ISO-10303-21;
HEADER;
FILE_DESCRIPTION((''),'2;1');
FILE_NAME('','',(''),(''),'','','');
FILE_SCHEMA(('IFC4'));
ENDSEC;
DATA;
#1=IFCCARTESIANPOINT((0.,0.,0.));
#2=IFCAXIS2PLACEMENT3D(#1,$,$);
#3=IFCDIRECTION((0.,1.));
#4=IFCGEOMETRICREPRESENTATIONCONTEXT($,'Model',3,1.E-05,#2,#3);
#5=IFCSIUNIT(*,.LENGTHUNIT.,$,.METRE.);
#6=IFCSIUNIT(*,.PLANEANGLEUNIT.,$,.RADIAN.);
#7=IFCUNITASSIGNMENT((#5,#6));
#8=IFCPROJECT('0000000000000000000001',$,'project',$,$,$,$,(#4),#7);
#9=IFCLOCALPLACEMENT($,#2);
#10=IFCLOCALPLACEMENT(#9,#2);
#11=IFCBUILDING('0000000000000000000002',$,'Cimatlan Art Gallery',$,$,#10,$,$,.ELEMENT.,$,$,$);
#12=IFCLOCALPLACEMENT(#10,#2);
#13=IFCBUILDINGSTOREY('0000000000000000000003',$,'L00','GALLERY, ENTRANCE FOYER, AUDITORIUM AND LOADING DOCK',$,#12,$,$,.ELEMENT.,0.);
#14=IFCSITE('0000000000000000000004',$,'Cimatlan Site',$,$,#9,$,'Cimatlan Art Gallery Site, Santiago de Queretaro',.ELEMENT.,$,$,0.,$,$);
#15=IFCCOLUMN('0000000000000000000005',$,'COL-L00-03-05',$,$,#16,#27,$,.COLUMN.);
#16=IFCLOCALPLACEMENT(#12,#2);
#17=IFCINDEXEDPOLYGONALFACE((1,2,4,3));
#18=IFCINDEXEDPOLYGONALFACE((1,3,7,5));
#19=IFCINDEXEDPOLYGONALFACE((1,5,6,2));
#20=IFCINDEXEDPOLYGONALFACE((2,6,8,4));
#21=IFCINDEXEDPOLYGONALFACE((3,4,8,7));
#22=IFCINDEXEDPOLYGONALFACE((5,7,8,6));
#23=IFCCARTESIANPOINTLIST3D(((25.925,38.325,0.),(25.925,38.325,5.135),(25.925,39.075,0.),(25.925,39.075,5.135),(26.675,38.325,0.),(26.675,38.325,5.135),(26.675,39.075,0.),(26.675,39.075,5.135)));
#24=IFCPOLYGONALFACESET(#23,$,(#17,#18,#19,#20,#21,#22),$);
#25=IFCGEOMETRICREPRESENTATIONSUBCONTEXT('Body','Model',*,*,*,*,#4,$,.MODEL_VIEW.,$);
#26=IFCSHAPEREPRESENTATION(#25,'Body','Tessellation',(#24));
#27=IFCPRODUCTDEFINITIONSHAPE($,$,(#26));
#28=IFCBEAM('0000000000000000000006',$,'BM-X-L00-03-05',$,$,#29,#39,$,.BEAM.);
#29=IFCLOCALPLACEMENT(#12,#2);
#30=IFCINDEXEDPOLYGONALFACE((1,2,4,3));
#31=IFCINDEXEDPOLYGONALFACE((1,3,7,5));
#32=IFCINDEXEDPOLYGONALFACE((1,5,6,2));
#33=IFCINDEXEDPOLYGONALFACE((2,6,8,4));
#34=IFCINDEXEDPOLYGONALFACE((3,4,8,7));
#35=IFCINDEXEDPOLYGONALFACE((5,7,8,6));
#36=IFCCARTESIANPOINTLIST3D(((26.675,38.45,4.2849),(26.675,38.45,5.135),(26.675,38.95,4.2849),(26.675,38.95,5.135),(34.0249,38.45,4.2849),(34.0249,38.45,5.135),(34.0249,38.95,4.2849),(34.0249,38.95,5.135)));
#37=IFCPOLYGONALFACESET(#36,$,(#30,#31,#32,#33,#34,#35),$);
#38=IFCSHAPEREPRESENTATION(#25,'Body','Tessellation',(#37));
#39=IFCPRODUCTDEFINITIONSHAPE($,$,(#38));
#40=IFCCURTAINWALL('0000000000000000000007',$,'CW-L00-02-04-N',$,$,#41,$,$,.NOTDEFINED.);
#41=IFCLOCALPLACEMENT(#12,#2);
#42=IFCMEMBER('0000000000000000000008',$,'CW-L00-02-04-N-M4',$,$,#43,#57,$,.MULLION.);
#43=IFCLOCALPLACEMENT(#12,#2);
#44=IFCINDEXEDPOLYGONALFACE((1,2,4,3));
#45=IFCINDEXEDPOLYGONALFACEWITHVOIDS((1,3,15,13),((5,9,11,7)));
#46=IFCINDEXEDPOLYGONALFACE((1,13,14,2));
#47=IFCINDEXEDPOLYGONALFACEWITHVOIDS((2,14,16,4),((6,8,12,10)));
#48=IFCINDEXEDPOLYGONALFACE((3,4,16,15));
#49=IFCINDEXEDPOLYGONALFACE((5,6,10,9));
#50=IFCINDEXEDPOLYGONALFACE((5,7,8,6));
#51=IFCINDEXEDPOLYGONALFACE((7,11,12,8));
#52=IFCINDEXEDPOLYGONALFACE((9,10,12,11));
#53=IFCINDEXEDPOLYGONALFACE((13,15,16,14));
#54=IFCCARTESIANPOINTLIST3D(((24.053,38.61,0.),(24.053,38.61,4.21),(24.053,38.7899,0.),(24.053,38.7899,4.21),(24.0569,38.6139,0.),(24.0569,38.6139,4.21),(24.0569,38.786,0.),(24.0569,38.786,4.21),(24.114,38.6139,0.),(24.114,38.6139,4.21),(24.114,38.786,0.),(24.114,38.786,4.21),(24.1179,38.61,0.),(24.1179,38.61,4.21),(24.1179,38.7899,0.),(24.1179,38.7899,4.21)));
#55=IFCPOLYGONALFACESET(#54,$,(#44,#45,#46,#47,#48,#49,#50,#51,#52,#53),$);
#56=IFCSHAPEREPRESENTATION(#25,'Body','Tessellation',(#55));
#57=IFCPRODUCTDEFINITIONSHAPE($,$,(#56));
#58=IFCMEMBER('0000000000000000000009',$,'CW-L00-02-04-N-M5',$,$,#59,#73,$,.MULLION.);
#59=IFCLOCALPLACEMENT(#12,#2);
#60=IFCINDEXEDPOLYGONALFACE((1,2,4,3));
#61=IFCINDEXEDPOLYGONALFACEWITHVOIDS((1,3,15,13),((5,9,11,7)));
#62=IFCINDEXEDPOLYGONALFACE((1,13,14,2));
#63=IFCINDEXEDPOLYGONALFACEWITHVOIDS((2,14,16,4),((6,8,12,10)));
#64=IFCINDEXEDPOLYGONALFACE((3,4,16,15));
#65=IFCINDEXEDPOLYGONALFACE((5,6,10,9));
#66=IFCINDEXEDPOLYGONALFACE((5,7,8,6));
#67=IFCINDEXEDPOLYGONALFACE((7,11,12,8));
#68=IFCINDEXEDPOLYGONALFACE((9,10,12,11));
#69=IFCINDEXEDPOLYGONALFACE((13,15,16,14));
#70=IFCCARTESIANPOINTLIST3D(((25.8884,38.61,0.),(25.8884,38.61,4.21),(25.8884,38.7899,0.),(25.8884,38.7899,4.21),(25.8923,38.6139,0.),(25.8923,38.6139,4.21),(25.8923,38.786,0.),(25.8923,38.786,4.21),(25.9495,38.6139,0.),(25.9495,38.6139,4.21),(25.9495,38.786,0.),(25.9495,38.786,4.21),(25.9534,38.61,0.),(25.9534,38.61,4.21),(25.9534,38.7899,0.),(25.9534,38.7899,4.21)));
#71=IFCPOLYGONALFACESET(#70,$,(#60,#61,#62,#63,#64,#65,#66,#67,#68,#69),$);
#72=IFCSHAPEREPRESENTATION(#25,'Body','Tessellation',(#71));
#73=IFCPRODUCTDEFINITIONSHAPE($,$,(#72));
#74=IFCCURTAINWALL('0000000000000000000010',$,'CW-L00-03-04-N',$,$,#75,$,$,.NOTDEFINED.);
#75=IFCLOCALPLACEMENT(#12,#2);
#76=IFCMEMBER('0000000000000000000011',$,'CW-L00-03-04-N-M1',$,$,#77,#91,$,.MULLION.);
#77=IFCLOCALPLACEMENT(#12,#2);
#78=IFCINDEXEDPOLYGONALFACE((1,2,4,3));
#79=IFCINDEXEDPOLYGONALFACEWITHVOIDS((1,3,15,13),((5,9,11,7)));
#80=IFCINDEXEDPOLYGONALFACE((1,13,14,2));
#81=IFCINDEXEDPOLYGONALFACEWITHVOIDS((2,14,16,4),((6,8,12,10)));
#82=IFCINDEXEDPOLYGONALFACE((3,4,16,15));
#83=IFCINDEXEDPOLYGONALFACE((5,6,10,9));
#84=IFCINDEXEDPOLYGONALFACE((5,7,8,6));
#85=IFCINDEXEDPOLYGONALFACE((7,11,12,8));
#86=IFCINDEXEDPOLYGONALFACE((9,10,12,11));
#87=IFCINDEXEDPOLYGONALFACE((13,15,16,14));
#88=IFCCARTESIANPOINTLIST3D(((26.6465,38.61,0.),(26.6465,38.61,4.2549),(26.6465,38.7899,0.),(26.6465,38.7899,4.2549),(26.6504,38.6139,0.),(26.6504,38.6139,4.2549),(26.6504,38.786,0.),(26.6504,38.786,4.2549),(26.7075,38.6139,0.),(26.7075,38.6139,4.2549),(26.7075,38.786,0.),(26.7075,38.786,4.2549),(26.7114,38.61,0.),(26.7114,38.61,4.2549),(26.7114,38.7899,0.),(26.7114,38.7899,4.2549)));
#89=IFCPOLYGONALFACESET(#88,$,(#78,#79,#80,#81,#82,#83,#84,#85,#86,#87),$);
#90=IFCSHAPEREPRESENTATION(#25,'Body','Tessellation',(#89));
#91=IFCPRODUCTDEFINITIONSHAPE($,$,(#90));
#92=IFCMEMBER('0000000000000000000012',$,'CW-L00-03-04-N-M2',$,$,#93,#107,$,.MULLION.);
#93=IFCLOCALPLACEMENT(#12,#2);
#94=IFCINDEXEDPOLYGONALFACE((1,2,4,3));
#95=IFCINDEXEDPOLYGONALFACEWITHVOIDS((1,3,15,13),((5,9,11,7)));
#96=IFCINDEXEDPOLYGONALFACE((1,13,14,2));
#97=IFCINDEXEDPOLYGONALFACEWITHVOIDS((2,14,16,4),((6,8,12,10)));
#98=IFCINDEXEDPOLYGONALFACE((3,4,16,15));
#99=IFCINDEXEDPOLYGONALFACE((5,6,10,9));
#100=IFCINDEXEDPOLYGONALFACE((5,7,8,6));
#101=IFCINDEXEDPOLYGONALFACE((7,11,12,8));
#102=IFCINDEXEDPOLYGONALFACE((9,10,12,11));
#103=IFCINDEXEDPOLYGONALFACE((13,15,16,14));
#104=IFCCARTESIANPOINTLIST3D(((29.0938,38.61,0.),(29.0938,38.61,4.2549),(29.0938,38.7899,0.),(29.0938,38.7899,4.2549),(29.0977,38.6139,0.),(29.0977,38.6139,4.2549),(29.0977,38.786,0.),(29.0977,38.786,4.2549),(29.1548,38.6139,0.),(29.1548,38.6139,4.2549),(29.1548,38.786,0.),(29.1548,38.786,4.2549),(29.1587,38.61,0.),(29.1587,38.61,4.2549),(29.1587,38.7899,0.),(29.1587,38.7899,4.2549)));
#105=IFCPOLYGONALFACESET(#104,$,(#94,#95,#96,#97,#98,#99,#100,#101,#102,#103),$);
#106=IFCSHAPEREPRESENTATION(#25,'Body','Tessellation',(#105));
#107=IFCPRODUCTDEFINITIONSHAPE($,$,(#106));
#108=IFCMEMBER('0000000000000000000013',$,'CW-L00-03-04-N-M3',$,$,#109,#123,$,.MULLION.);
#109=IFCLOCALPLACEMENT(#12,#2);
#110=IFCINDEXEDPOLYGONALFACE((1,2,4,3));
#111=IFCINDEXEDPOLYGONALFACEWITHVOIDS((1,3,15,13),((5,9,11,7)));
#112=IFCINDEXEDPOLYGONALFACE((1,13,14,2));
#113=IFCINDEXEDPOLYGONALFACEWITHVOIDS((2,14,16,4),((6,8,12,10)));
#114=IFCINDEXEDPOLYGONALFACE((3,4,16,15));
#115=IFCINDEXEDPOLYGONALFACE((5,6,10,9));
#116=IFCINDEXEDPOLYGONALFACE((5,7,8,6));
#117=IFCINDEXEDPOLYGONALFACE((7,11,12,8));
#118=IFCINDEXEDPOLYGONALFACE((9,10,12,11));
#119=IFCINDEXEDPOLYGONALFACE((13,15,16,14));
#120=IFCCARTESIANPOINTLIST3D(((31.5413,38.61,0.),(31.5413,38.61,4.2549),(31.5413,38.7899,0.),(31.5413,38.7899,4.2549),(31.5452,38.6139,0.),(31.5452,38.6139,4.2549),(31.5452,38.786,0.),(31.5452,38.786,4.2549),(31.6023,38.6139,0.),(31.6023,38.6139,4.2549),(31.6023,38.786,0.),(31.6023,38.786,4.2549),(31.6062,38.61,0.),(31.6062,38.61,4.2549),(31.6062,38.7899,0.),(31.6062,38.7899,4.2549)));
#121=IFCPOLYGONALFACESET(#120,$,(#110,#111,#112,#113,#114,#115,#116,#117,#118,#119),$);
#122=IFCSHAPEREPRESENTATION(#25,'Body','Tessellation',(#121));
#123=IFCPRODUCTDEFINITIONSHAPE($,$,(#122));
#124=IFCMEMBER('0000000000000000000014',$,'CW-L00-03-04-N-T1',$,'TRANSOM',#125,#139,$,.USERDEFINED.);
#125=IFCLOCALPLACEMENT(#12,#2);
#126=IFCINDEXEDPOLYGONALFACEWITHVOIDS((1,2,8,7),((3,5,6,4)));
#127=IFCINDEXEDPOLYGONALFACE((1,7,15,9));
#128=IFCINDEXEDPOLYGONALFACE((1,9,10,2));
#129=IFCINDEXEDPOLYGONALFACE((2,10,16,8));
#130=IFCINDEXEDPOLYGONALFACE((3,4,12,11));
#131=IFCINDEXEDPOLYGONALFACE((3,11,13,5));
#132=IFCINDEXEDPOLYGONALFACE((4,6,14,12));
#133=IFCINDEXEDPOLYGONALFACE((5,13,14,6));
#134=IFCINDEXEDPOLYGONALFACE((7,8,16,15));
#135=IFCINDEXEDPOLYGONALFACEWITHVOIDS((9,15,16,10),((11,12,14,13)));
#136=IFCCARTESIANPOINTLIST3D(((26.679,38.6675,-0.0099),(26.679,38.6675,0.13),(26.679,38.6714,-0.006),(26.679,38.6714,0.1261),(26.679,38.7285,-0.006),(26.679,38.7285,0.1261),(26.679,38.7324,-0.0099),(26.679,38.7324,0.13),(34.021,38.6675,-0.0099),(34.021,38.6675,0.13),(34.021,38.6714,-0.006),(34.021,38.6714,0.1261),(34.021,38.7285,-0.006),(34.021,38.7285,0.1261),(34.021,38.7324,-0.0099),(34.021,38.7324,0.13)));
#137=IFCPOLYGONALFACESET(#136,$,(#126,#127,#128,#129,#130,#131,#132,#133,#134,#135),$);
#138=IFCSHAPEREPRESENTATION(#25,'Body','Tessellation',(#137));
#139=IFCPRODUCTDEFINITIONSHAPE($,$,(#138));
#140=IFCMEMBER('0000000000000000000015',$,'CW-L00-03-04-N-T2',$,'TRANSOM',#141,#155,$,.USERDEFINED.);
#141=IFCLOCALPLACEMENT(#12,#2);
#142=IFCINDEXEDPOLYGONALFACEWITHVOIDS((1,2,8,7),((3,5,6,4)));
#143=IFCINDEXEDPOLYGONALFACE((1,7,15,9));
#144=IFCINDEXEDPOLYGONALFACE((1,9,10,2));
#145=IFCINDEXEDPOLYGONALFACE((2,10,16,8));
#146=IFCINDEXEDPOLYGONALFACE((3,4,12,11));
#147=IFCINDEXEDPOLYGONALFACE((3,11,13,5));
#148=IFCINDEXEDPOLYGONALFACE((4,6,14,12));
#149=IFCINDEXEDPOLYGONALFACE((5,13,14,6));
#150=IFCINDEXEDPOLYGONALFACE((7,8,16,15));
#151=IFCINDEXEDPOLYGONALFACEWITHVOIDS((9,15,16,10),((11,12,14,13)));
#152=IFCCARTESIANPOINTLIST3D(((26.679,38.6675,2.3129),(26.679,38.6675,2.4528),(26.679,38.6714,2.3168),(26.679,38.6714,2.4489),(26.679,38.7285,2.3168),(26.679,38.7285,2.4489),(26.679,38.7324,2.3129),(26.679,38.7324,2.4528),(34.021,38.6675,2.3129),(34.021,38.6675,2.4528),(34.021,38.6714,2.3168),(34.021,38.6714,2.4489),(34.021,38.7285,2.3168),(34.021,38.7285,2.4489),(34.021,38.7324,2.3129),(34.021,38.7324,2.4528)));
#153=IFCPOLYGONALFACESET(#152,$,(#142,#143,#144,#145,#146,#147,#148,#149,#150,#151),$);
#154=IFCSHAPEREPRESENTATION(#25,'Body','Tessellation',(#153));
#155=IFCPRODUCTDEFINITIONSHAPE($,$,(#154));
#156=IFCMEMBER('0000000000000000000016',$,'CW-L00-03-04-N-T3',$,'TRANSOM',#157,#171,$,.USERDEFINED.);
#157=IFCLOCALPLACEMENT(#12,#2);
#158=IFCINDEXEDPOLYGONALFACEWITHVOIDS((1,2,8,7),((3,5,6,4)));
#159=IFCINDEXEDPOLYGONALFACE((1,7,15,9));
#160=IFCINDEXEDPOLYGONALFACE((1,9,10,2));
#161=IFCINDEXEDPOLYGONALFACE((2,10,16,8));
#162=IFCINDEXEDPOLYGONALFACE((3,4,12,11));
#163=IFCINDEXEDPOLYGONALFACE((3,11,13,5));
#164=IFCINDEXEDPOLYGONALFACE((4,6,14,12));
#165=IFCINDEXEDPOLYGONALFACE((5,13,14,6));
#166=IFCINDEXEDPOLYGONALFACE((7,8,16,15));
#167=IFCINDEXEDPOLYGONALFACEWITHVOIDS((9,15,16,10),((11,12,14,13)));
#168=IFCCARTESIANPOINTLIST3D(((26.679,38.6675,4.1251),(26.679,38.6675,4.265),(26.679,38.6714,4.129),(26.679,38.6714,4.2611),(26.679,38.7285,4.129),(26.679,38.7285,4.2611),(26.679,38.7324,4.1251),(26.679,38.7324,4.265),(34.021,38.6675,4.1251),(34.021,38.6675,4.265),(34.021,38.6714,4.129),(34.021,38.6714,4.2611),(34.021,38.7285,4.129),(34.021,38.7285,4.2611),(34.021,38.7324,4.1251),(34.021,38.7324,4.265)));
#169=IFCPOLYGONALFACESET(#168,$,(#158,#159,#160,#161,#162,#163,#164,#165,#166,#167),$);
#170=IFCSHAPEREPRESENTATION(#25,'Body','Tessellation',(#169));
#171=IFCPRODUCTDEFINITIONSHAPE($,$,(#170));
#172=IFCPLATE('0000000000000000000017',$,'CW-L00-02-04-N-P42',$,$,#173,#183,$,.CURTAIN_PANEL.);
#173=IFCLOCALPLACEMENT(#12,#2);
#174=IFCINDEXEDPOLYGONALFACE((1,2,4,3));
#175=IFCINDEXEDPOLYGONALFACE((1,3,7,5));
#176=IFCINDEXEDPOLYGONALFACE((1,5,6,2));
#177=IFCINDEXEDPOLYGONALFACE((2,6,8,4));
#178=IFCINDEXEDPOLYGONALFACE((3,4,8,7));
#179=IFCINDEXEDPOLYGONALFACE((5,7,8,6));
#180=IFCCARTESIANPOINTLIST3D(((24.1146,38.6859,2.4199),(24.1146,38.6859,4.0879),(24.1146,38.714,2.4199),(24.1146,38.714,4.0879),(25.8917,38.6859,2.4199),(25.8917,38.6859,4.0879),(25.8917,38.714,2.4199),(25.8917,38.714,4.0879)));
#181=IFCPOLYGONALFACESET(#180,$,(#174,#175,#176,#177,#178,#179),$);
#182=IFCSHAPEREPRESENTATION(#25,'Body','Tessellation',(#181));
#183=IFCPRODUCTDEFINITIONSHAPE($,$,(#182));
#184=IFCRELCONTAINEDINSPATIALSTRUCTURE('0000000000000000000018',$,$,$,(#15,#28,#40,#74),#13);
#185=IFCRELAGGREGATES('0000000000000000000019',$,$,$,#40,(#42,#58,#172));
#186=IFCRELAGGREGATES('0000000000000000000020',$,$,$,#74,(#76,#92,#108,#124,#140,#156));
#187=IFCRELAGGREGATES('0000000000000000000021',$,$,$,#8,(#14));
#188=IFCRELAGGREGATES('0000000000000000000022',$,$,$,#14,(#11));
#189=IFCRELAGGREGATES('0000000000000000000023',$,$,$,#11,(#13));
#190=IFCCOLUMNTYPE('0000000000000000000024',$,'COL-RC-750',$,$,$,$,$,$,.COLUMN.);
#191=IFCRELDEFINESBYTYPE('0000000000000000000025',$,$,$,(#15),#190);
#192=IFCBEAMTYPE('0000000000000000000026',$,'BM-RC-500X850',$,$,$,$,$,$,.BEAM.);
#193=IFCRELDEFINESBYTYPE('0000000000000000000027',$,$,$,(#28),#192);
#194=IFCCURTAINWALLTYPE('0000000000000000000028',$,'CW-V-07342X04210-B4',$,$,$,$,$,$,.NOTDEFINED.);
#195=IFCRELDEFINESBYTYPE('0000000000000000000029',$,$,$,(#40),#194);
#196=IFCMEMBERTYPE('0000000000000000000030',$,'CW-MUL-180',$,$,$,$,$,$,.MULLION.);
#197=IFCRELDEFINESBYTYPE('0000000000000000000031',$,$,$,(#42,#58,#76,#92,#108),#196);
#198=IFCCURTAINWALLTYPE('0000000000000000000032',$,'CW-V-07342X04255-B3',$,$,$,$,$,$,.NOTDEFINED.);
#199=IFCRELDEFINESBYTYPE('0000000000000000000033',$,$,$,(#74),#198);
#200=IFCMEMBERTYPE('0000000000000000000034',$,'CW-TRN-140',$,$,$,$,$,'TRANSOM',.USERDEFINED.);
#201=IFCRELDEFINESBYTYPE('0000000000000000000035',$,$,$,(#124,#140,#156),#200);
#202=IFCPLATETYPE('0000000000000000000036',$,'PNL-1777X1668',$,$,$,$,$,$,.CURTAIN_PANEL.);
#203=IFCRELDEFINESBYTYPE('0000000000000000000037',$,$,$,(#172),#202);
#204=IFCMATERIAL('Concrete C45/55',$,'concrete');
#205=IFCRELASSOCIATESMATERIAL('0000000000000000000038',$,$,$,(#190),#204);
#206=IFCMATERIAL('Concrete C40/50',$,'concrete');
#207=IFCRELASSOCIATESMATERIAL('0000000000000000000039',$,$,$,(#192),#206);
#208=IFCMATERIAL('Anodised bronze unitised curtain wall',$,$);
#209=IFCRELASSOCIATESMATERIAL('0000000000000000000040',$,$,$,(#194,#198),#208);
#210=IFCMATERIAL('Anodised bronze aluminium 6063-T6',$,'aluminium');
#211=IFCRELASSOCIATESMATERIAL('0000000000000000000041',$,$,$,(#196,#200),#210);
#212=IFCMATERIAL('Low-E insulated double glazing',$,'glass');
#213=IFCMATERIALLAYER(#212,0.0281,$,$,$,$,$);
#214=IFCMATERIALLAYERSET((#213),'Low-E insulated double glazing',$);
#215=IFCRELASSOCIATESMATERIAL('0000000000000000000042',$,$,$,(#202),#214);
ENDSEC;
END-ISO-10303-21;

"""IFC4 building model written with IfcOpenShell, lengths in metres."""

from ifc_helpers import new_model, si_unit, direction, frame, origin, origin_2d, place, context, subcontext, project, spatial, rectangle, hollow_rectangle, extrude, material, layer, layer_set, material_profile, profile_set, type_object, element, aggregate, save


model = new_model("IFC4")

# Units and contexts
model_context = context("Model", 3, precision=1e-05, world=origin(), true_north=direction((0.0, 1.0)))
body_context = subcontext(model_context, "Body", "Model", "MODEL_VIEW")
ifc_project = project(units=[si_unit("LENGTHUNIT", "METRE"), si_unit("PLANEANGLEUNIT", "RADIAN")], contexts=[model_context])

# Site, building, storey
site_placement = place(None, origin())
site = spatial("IfcSite", under=ifc_project, at=site_placement, Name="Cimatlan Site", LongName="Cimatlan Art Gallery Site, Santiago de Queretaro", CompositionType="ELEMENT", RefElevation=0.0)
building_placement = place(site_placement, origin())
building = spatial("IfcBuilding", under=site, at=building_placement, Name="Cimatlan Art Gallery", CompositionType="ELEMENT")
storey_placement = place(building_placement, origin())
storey = spatial("IfcBuildingStorey", under=building, at=storey_placement, Name="L00", Description="GALLERY, ENTRANCE FOYER, AUDITORIUM AND LOADING DOCK", CompositionType="ELEMENT", Elevation=0.0)

# Column
ifc_material_1 = material(Name="Concrete C45/55", Category="concrete")
ifc_material_profile_1 = material_profile(ifc_material_1, rectangle(XDim=0.75, YDim=0.75, at=origin_2d()), Name="RC750X750")
ifc_profile_set_1 = profile_set([ifc_material_profile_1], Name="Concrete C45/55")
column_type = type_object("IfcColumnType", Name="COL-RC-750", PredefinedType="COLUMN", material=ifc_profile_set_1)
column_placement = place(storey_placement, frame((26.3, 38.7, 0.0), z_axis=(0.0, 0.0, 1.0), x_axis=(1.0, 0.0, 0.0)))
element("IfcColumn", 1, at=column_placement, inside=storey, type_object=column_type, Name="COL-L00-03-05", PredefinedType="COLUMN", context=body_context, shape_type="SweptSolid", body=[
    extrude(rectangle(XDim=0.75, YDim=0.75, at=origin_2d()), origin(), (0.0, 0.0, 1.0), 5.135),
])

# Beam
ifc_material_2 = material(Name="Concrete C40/50", Category="concrete")
ifc_material_profile_2 = material_profile(ifc_material_2, rectangle(XDim=0.5, YDim=0.8501, at=origin_2d()), Name="RC500X850")
ifc_profile_set_2 = profile_set([ifc_material_profile_2], Name="Concrete C40/50")
beam_type = type_object("IfcBeamType", Name="BM-RC-500X850", PredefinedType="BEAM", material=ifc_profile_set_2)
beam_placement = place(storey_placement, frame((26.675, 38.7, 4.71), z_axis=(1.0, 0.0, 0.0), x_axis=(0.0, 1.0, 0.0)))
element("IfcBeam", 2, at=beam_placement, inside=storey, type_object=beam_type, Name="BM-X-L00-03-05", PredefinedType="BEAM", context=body_context, shape_type="SweptSolid", body=[
    extrude(rectangle(XDim=0.5, YDim=0.8501, at=origin_2d()), origin(), (0.0, 0.0, 1.0), 7.3499),
])

# Curtain walls, members
ifc_material_3 = material(Name="Anodised bronze unitised curtain wall")
curtain_wall_type_1 = type_object("IfcCurtainWallType", Name="CW-V-07342X04210-B4", PredefinedType="NOTDEFINED", material=ifc_material_3)
curtain_wall_1_placement = place(storey_placement, origin())
curtain_wall_1 = element("IfcCurtainWall", 3, at=curtain_wall_1_placement, inside=storey, type_object=curtain_wall_type_1, Name="CW-L00-02-04-N", PredefinedType="NOTDEFINED")
ifc_material_4 = material(Name="Anodised bronze aluminium 6063-T6", Category="aluminium")
ifc_material_profile_3 = material_profile(ifc_material_4, hollow_rectangle(XDim=0.0649, YDim=0.1799, WallThickness=0.0039, at=origin_2d()), Name="ALU65X180X4")
ifc_profile_set_3 = profile_set([ifc_material_profile_3], Name="Anodised bronze aluminium 6063-T6")
member_type_1 = type_object("IfcMemberType", Name="CW-MUL-180", PredefinedType="MULLION", material=ifc_profile_set_3)
member_1_placement = place(storey_placement, frame((24.0854, 38.7, 0.0), z_axis=(0.0, 0.0, 1.0), x_axis=(1.0, 0.0, 0.0)))
member_1 = element("IfcMember", 4, at=member_1_placement, type_object=member_type_1, Name="CW-L00-02-04-N-M4", PredefinedType="MULLION", context=body_context, shape_type="SweptSolid", body=[
    extrude(hollow_rectangle(XDim=0.0649, YDim=0.1799, WallThickness=0.0039, at=origin_2d()), origin(), (0.0, 0.0, 1.0), 4.21),
])
member_2_placement = place(storey_placement, frame((25.9209, 38.7, 0.0), z_axis=(0.0, 0.0, 1.0), x_axis=(1.0, 0.0, 0.0)))
member_2 = element("IfcMember", 5, at=member_2_placement, type_object=member_type_1, Name="CW-L00-02-04-N-M5", PredefinedType="MULLION", context=body_context, shape_type="SweptSolid", body=[
    extrude(hollow_rectangle(XDim=0.0649, YDim=0.1799, WallThickness=0.0039, at=origin_2d()), origin(), (0.0, 0.0, 1.0), 4.21),
])
curtain_wall_type_2 = type_object("IfcCurtainWallType", Name="CW-V-07342X04255-B3", PredefinedType="NOTDEFINED", material=ifc_material_3)
curtain_wall_2_placement = place(storey_placement, origin())
curtain_wall_2 = element("IfcCurtainWall", 6, at=curtain_wall_2_placement, inside=storey, type_object=curtain_wall_type_2, Name="CW-L00-03-04-N", PredefinedType="NOTDEFINED")
member_3_placement = place(storey_placement, frame((26.679, 38.7, 0.0), z_axis=(0.0, 0.0, 1.0), x_axis=(1.0, 0.0, 0.0)))
member_3 = element("IfcMember", 7, at=member_3_placement, type_object=member_type_1, Name="CW-L00-03-04-N-M1", PredefinedType="MULLION", context=body_context, shape_type="SweptSolid", body=[
    extrude(hollow_rectangle(XDim=0.0649, YDim=0.1799, WallThickness=0.0039, at=origin_2d()), origin(), (0.0, 0.0, 1.0), 4.2549),
])
member_4_placement = place(storey_placement, frame((29.1262, 38.7, 0.0), z_axis=(0.0, 0.0, 1.0), x_axis=(1.0, 0.0, 0.0)))
member_4 = element("IfcMember", 8, at=member_4_placement, type_object=member_type_1, Name="CW-L00-03-04-N-M2", PredefinedType="MULLION", context=body_context, shape_type="SweptSolid", body=[
    extrude(hollow_rectangle(XDim=0.0649, YDim=0.1799, WallThickness=0.0039, at=origin_2d()), origin(), (0.0, 0.0, 1.0), 4.2549),
])
member_5_placement = place(storey_placement, frame((31.5737, 38.7, 0.0), z_axis=(0.0, 0.0, 1.0), x_axis=(1.0, 0.0, 0.0)))
member_5 = element("IfcMember", 9, at=member_5_placement, type_object=member_type_1, Name="CW-L00-03-04-N-M3", PredefinedType="MULLION", context=body_context, shape_type="SweptSolid", body=[
    extrude(hollow_rectangle(XDim=0.0649, YDim=0.1799, WallThickness=0.0039, at=origin_2d()), origin(), (0.0, 0.0, 1.0), 4.2549),
])
ifc_material_profile_4 = material_profile(ifc_material_4, hollow_rectangle(XDim=0.0649, YDim=0.1399, WallThickness=0.0039, at=origin_2d()), Name="ALU65X140X4")
ifc_profile_set_4 = profile_set([ifc_material_profile_4], Name="Anodised bronze aluminium 6063-T6")
member_type_2 = type_object("IfcMemberType", Name="CW-TRN-140", ElementType="TRANSOM", PredefinedType="USERDEFINED", material=ifc_profile_set_4)
member_6_placement = place(storey_placement, frame((26.679, 38.7, 0.0601), z_axis=(1.0, 0.0, 0.0), x_axis=(0.0, 1.0, 0.0)))
member_6 = element("IfcMember", 10, at=member_6_placement, type_object=member_type_2, Name="CW-L00-03-04-N-T1", ObjectType="TRANSOM", PredefinedType="USERDEFINED", context=body_context, shape_type="SweptSolid", body=[
    extrude(hollow_rectangle(XDim=0.0649, YDim=0.1399, WallThickness=0.0039, at=origin_2d()), origin(), (0.0, 0.0, 1.0), 7.342),
])
member_7_placement = place(storey_placement, frame((26.679, 38.7, 2.3828), z_axis=(1.0, 0.0, 0.0), x_axis=(0.0, 1.0, 0.0)))
member_7 = element("IfcMember", 11, at=member_7_placement, type_object=member_type_2, Name="CW-L00-03-04-N-T2", ObjectType="TRANSOM", PredefinedType="USERDEFINED", context=body_context, shape_type="SweptSolid", body=[
    extrude(hollow_rectangle(XDim=0.0649, YDim=0.1399, WallThickness=0.0039, at=origin_2d()), origin(), (0.0, 0.0, 1.0), 7.342),
])
member_8_placement = place(storey_placement, frame((26.679, 38.7, 4.1951), z_axis=(1.0, 0.0, 0.0), x_axis=(0.0, 1.0, 0.0)))
member_8 = element("IfcMember", 12, at=member_8_placement, type_object=member_type_2, Name="CW-L00-03-04-N-T3", ObjectType="TRANSOM", PredefinedType="USERDEFINED", context=body_context, shape_type="SweptSolid", body=[
    extrude(hollow_rectangle(XDim=0.0649, YDim=0.1399, WallThickness=0.0039, at=origin_2d()), origin(), (0.0, 0.0, 1.0), 7.342),
])

# Plate
ifc_material_5 = material(Name="Low-E insulated double glazing", Category="glass")
ifc_layer_1 = layer(ifc_material_5, 0.0281)
ifc_layer_set_1 = layer_set([ifc_layer_1], Name="Low-E insulated double glazing")
plate_type_1 = type_object("IfcPlateType", Name="PNL-1777X1668", PredefinedType="CURTAIN_PANEL", material=ifc_layer_set_1)
plate_1_placement = place(storey_placement, frame((25.0032, 38.7, 2.4199), z_axis=(0.0, 0.0, 1.0), x_axis=(1.0, 0.0, 0.0)))
plate_1 = element("IfcPlate", 13, at=plate_1_placement, type_object=plate_type_1, Name="CW-L00-02-04-N-P42", PredefinedType="CURTAIN_PANEL", context=body_context, shape_type="SweptSolid", body=[
    extrude(rectangle(XDim=1.7771, YDim=0.0281, at=origin_2d()), origin(), (0.0, 0.0, 1.0), 1.668),
])
aggregate(curtain_wall_1, [member_1, member_2, plate_1])
aggregate(curtain_wall_2, [member_3, member_4, member_5, member_6, member_7, member_8])

save(model, "model.ifc")
